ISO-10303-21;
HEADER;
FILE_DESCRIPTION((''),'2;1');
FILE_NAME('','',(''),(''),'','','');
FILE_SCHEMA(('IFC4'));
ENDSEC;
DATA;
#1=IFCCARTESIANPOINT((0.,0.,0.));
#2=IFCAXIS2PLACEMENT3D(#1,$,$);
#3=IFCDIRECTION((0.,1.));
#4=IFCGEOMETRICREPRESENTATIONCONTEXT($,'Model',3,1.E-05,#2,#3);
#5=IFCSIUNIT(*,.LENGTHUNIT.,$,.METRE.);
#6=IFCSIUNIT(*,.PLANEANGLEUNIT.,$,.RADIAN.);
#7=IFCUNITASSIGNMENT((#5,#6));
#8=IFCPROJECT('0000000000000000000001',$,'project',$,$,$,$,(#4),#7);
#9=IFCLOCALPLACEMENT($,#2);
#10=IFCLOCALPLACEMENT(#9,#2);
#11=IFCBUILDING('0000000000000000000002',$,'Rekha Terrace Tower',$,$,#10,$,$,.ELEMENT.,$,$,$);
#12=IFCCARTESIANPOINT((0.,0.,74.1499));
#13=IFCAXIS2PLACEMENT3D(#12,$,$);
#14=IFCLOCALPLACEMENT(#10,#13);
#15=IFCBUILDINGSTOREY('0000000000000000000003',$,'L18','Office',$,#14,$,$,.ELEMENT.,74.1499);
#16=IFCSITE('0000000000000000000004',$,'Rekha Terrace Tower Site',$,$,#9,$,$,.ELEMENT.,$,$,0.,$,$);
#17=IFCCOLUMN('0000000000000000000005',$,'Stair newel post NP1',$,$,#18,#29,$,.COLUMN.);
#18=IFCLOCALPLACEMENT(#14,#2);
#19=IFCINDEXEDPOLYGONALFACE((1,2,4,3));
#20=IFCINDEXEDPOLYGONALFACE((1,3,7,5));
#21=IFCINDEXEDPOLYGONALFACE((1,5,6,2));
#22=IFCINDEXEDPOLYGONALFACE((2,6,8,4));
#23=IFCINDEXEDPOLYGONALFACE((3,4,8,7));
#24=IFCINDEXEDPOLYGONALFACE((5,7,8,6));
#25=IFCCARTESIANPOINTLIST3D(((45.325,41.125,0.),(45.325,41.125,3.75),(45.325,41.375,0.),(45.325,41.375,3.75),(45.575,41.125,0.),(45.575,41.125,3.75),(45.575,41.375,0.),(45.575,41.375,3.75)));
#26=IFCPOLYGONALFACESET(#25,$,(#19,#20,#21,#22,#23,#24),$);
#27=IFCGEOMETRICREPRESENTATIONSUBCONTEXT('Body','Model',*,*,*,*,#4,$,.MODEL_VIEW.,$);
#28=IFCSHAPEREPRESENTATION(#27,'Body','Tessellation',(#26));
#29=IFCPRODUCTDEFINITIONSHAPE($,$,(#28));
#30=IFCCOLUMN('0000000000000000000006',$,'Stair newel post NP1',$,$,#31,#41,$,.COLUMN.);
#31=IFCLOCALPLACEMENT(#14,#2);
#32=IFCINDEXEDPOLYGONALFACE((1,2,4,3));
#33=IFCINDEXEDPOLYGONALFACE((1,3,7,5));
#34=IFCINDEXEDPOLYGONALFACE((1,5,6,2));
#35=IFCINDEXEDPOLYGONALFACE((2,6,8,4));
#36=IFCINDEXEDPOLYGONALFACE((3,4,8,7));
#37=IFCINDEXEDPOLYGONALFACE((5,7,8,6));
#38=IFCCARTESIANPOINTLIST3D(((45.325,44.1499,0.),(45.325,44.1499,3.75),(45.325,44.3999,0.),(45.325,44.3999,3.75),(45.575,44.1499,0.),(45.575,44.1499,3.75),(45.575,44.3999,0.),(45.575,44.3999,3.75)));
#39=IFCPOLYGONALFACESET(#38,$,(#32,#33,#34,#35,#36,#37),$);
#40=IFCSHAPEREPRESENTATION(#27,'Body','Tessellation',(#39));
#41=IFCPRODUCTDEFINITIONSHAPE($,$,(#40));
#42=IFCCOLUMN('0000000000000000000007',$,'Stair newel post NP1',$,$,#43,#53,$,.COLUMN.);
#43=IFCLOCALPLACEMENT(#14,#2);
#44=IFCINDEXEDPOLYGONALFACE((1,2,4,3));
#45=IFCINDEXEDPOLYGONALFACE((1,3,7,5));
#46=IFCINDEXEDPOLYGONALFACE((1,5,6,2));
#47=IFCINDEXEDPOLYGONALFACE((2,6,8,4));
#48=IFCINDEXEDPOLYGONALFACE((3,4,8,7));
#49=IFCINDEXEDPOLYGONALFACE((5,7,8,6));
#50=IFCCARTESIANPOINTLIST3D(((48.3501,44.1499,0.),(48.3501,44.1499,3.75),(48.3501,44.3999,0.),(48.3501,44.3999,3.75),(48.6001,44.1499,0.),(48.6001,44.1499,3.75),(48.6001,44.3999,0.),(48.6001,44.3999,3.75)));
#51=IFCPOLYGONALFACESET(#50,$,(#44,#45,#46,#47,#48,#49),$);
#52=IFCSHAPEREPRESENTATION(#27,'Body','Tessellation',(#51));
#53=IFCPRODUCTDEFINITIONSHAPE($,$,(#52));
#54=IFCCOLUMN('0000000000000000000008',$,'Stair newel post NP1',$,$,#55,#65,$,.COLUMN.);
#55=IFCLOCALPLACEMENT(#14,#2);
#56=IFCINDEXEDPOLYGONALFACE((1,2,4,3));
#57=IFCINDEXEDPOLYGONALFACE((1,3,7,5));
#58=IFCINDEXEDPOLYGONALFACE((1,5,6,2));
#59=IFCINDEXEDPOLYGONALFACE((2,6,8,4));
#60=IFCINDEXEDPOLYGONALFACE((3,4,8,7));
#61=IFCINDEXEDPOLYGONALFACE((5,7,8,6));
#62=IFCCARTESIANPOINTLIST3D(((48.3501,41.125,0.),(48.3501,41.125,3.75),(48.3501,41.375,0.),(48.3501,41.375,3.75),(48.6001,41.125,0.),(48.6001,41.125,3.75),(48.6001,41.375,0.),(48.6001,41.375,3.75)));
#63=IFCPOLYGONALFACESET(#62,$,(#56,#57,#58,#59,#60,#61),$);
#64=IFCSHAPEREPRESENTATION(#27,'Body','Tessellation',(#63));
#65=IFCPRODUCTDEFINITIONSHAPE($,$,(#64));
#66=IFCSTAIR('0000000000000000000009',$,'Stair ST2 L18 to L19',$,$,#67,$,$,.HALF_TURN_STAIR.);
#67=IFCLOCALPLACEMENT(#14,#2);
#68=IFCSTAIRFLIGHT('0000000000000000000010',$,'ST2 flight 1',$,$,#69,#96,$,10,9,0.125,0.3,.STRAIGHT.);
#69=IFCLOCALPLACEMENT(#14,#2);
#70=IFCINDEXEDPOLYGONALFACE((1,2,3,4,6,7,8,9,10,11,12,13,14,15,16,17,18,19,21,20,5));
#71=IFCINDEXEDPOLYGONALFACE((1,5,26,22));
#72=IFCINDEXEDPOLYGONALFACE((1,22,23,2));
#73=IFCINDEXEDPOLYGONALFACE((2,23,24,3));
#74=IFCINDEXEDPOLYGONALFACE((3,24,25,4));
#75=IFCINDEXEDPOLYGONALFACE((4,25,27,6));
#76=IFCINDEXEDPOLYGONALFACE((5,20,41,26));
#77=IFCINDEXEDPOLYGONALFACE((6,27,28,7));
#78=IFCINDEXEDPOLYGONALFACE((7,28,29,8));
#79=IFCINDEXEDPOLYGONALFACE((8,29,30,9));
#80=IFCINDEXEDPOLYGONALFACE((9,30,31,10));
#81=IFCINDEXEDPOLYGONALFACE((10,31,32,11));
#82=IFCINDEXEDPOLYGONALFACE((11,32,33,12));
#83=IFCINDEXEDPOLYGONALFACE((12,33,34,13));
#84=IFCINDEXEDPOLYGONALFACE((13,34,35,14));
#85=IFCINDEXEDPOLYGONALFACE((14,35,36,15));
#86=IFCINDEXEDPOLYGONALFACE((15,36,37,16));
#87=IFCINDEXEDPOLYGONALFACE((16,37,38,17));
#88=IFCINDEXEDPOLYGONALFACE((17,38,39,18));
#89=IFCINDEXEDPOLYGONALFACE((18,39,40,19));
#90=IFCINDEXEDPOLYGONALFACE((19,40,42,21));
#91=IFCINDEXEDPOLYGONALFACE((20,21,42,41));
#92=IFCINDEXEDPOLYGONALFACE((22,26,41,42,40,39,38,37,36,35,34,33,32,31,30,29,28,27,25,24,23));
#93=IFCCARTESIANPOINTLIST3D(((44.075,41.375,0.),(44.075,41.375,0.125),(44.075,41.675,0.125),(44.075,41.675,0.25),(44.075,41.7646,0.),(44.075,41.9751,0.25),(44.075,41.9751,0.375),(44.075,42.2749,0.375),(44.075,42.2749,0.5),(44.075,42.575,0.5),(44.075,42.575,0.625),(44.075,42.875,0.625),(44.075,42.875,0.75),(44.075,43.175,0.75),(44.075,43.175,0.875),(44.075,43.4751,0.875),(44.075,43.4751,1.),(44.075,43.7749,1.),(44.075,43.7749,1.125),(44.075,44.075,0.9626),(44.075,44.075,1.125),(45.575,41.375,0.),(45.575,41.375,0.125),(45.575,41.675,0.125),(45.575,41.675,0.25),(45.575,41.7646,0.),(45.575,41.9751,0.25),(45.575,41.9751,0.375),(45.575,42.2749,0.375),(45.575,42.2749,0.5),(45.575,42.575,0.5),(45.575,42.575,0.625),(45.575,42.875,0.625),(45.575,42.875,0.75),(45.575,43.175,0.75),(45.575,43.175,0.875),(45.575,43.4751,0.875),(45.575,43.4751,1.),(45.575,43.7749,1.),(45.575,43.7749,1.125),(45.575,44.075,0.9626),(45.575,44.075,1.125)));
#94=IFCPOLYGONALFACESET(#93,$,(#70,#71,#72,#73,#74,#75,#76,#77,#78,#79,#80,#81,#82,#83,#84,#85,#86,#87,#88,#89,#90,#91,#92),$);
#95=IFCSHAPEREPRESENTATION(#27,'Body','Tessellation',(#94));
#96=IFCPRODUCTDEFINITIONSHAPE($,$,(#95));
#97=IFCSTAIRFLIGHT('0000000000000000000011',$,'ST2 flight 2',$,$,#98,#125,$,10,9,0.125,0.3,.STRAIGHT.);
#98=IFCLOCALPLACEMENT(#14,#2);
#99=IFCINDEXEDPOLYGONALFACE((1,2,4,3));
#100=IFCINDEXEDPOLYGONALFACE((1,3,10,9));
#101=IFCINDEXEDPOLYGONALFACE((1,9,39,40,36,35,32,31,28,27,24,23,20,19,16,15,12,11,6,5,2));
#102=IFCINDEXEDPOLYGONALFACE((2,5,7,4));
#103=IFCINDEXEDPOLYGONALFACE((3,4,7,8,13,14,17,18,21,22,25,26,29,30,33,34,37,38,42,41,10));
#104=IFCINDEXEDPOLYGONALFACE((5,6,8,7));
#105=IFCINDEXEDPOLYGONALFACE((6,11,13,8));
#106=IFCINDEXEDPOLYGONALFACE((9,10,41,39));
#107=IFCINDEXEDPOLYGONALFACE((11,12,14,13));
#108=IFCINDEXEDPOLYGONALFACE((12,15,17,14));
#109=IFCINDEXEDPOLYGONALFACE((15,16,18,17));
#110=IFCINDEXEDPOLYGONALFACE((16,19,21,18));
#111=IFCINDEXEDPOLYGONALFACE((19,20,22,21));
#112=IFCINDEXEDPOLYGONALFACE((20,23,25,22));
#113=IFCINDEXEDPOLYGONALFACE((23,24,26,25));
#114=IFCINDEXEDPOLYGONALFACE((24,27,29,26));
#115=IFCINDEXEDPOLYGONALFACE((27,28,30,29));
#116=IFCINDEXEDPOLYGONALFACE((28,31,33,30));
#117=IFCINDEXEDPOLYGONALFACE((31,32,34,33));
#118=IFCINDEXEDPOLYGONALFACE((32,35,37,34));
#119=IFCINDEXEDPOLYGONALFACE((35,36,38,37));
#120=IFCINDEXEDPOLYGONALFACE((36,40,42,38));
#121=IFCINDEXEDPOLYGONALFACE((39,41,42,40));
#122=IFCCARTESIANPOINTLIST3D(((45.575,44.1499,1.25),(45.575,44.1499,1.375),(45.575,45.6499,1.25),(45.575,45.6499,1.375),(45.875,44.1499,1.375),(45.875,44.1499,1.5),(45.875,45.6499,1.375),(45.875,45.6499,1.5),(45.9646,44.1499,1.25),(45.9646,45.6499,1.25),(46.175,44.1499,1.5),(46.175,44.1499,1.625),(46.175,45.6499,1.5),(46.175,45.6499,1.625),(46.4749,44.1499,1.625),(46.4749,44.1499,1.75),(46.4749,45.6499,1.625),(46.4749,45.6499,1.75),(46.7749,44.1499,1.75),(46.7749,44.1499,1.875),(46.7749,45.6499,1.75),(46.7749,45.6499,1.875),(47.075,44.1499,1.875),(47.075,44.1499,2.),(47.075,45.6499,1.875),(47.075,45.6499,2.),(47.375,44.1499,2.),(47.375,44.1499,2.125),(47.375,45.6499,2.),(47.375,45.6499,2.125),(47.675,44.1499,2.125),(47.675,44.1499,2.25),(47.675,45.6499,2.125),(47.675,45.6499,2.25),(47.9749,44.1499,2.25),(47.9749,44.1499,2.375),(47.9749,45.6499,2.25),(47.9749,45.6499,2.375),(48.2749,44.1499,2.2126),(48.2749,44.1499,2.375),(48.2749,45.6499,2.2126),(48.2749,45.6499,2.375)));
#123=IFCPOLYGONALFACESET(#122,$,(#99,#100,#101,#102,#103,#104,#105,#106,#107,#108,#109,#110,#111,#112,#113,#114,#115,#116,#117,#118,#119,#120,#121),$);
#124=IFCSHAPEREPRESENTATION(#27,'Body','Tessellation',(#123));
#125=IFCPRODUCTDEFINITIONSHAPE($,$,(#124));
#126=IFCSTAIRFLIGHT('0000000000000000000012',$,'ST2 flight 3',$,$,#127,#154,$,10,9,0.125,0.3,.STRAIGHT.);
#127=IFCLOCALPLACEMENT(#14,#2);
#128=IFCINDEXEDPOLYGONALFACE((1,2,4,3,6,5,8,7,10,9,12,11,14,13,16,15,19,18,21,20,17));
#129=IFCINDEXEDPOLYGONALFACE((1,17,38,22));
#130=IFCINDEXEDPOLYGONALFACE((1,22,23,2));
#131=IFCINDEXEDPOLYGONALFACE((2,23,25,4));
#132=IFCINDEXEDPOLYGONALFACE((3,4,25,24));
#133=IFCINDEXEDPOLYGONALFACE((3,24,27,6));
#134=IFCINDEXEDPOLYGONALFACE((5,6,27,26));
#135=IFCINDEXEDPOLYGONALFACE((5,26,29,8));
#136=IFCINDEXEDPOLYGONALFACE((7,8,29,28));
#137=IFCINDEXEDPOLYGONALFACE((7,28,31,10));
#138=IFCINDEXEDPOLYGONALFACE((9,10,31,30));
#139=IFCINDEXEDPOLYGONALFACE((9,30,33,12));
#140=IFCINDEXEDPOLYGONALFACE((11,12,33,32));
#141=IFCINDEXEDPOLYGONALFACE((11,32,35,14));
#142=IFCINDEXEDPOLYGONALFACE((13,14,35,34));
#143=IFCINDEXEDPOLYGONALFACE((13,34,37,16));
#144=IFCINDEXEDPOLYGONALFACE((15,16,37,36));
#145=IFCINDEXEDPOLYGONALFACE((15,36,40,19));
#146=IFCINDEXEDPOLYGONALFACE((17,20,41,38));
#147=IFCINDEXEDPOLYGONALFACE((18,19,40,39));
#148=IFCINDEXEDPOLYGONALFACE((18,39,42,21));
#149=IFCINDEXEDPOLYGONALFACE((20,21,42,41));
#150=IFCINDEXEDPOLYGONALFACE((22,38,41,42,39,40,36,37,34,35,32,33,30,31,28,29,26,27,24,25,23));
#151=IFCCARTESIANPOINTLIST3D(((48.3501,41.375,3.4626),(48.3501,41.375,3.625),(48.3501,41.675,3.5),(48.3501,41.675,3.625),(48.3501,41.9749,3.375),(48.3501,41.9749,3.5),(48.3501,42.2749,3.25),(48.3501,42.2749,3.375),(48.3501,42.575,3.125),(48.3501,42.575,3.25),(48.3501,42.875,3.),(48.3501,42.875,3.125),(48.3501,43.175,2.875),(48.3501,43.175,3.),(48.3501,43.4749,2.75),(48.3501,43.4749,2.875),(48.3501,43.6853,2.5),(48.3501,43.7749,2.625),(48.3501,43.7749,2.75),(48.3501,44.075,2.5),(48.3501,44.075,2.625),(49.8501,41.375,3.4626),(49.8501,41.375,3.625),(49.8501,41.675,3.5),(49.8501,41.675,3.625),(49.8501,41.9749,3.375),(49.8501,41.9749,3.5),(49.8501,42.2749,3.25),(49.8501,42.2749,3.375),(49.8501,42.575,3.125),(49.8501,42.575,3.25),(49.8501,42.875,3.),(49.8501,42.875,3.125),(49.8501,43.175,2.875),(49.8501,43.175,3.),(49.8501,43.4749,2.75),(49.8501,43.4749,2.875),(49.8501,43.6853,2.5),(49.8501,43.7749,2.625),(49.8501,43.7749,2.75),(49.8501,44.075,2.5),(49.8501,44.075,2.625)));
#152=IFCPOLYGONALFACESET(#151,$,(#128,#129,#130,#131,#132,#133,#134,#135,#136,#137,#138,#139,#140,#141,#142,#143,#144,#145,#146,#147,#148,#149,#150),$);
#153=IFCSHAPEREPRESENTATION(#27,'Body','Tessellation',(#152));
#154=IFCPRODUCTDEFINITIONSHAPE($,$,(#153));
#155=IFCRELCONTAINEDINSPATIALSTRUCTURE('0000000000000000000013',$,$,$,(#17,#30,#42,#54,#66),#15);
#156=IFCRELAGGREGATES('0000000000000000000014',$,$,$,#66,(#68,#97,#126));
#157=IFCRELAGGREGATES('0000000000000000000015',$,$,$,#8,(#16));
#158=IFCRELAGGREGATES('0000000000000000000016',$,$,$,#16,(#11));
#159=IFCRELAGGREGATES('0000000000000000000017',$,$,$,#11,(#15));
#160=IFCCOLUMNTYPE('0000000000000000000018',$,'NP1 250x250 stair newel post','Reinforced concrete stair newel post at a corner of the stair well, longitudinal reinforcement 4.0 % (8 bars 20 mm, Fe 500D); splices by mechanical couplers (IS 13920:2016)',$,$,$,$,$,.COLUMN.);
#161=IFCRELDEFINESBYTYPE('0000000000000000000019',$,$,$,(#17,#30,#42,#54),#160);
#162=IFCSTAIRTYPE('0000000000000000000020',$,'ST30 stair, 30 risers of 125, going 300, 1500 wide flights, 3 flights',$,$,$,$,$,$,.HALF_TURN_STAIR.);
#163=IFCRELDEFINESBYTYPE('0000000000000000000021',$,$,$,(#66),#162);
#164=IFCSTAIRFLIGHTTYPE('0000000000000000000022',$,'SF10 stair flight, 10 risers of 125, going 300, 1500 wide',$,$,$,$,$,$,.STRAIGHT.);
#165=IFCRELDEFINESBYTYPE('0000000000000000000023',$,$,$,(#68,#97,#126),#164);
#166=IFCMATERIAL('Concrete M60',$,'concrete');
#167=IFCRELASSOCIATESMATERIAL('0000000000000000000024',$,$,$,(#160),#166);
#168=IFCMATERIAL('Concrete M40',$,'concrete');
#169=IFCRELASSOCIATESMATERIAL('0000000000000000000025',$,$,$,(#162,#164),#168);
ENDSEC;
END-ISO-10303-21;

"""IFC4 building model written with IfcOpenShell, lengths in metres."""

from ifc_helpers import new_model, si_unit, direction, frame, origin, origin_2d, place, context, subcontext, project, spatial, polyline, rectangle, outline, extrude, material, material_profile, profile_set, type_object, element, aggregate, save


model = new_model("IFC4")

# Units and contexts
model_context = context("Model", 3, precision=1e-05, world=origin(), true_north=direction((0.0, 1.0)))
body_context = subcontext(model_context, "Body", "Model", "MODEL_VIEW")
ifc_project = project(units=[si_unit("LENGTHUNIT", "METRE"), si_unit("PLANEANGLEUNIT", "RADIAN")], contexts=[model_context])

# Site, building, storey
site_placement = place(None, origin())
site = spatial("IfcSite", under=ifc_project, at=site_placement, Name="Rekha Terrace Tower Site", CompositionType="ELEMENT", RefElevation=0.0)
building_placement = place(site_placement, origin())
building = spatial("IfcBuilding", under=site, at=building_placement, Name="Rekha Terrace Tower", CompositionType="ELEMENT")
storey_placement = place(building_placement, frame((0.0, 0.0, 74.1499)))
storey = spatial("IfcBuildingStorey", under=building, at=storey_placement, Name="L18", Description="Office", CompositionType="ELEMENT", Elevation=74.1499)

# Columns
ifc_material_1 = material(Name="Concrete M60", Category="concrete")
ifc_material_profile = material_profile(ifc_material_1, rectangle(XDim=0.25, YDim=0.25, at=origin_2d()), Name="RC 250x250")
ifc_profile_set = profile_set([ifc_material_profile], Name="Concrete M60")
column_type = type_object("IfcColumnType", Name="NP1 250x250 stair newel post", Description="Reinforced concrete stair newel post at a corner of the stair well, longitudinal reinforcement 4.0 % (8 bars 20 mm, Fe 500D); splices by mechanical couplers (IS 13920:2016)", PredefinedType="COLUMN", material=ifc_profile_set)
for number, where, z_axis, x_axis, name in (
    (1, (45.45, 41.25, 0.0), (0.0, 0.0, 1.0), (1.0, 0.0, 0.0), "Stair newel post NP1"),
    (2, (45.45, 44.2749, 0.0), (0.0, 0.0, 1.0), (1.0, 0.0, 0.0), "Stair newel post NP1"),
    (3, (48.4751, 44.2749, 0.0), (0.0, 0.0, 1.0), (1.0, 0.0, 0.0), "Stair newel post NP1"),
    (4, (48.4751, 41.25, 0.0), (0.0, 0.0, 1.0), (1.0, 0.0, 0.0), "Stair newel post NP1"),
):
    element("IfcColumn", number, at=place(storey_placement, frame(where, z_axis=z_axis, x_axis=x_axis)), inside=storey, type_object=column_type, Name=name, PredefinedType="COLUMN", context=body_context, shape_type="SweptSolid", body=[
        extrude(rectangle(XDim=0.25, YDim=0.25, at=origin_2d()), origin(), (0.0, 0.0, 1.0), 3.75),
    ])

# Stair, stair flights
ifc_material_2 = material(Name="Concrete M40", Category="concrete")
stair_type = type_object("IfcStairType", Name="ST30 stair, 30 risers of 125, going 300, 1500 wide flights, 3 flights", PredefinedType="HALF_TURN_STAIR", material=ifc_material_2)
stair_placement = place(storey_placement, origin())
stair = element("IfcStair", 5, at=stair_placement, inside=storey, type_object=stair_type, Name="Stair ST2 L18 to L19", PredefinedType="HALF_TURN_STAIR")
stair_flight_type = type_object("IfcStairFlightType", Name="SF10 stair flight, 10 risers of 125, going 300, 1500 wide", PredefinedType="STRAIGHT", material=ifc_material_2)
stair_flight_1_placement = place(storey_placement, frame((44.825, 41.375, 0.0), z_axis=(0.0, 0.0, 1.0), x_axis=(0.0, 1.0, 0.0)))
stair_flight_1 = element("IfcStairFlight", 6, at=stair_flight_1_placement, type_object=stair_flight_type, Name="ST2 flight 1", NumberOfRisers=10, NumberOfTreads=9, PredefinedType="STRAIGHT", RiserHeight=0.125, TreadLength=0.3, context=body_context, shape_type="SweptSolid", body=[
    extrude(outline(polyline([(0.0, 0.0), (0.0, 0.125), (0.3, 0.125), (0.3, 0.25), (0.6001, 0.25), (0.6001, 0.375), (0.8999, 0.375), (0.8999, 0.5), (1.2, 0.5), (1.2, 0.625), (1.5, 0.625), (1.5, 0.75), (1.8, 0.75), (1.8, 0.875), (2.1001, 0.875), (2.1001, 1.0), (2.3999, 1.0), (2.3999, 1.125), (2.7, 1.125), (2.7, 1.25), (2.7, 0.9626), (0.3896, 0.0), (0.0, 0.0)])), frame((0.0, 0.75, 0.0), z_axis=(0.0, -1.0, 0.0), x_axis=(1.0, 0.0, 0.0)), (0.0, 0.0, 1.0), 1.5),
])
stair_flight_2_placement = place(storey_placement, frame((45.575, 44.8999, 1.25), z_axis=(0.0, 0.0, 1.0), x_axis=(1.0, 0.0, 0.0)))
stair_flight_2 = element("IfcStairFlight", 7, at=stair_flight_2_placement, type_object=stair_flight_type, Name="ST2 flight 2", NumberOfRisers=10, NumberOfTreads=9, PredefinedType="STRAIGHT", RiserHeight=0.125, TreadLength=0.3, context=body_context, shape_type="SweptSolid", body=[
    extrude(outline(polyline([(0.0, 0.0), (0.0, 0.125), (0.3, 0.125), (0.3, 0.25), (0.6001, 0.25), (0.6001, 0.375), (0.8999, 0.375), (0.8999, 0.5), (1.2, 0.5), (1.2, 0.625), (1.5, 0.625), (1.5, 0.75), (1.8, 0.75), (1.8, 0.875), (2.1001, 0.875), (2.1001, 1.0), (2.3999, 1.0), (2.3999, 1.125), (2.7, 1.125), (2.7, 1.25), (2.7, 0.9626), (0.3896, 0.0), (0.0, 0.0)])), frame((0.0, 0.75, 0.0), z_axis=(0.0, -1.0, 0.0), x_axis=(1.0, 0.0, 0.0)), (0.0, 0.0, 1.0), 1.5),
])
stair_flight_3_placement = place(storey_placement, frame((49.1001, 44.075, 2.5), z_axis=(0.0, 0.0, 1.0), x_axis=(0.0, -1.0, 0.0)))
stair_flight_3 = element("IfcStairFlight", 8, at=stair_flight_3_placement, type_object=stair_flight_type, Name="ST2 flight 3", NumberOfRisers=10, NumberOfTreads=9, PredefinedType="STRAIGHT", RiserHeight=0.125, TreadLength=0.3, context=body_context, shape_type="SweptSolid", body=[
    extrude(outline(polyline([(0.0, 0.0), (0.0, 0.125), (0.3, 0.125), (0.3, 0.25), (0.6001, 0.25), (0.6001, 0.375), (0.8999, 0.375), (0.8999, 0.5), (1.2, 0.5), (1.2, 0.625), (1.5, 0.625), (1.5, 0.75), (1.8, 0.75), (1.8, 0.875), (2.1001, 0.875), (2.1001, 1.0), (2.3999, 1.0), (2.3999, 1.125), (2.7, 1.125), (2.7, 1.25), (2.7, 0.9626), (0.3896, 0.0), (0.0, 0.0)])), frame((0.0, 0.75, 0.0), z_axis=(0.0, -1.0, 0.0), x_axis=(1.0, 0.0, 0.0)), (0.0, 0.0, 1.0), 1.5),
])
aggregate(stair, [stair_flight_1, stair_flight_2, stair_flight_3])

save(model, "model.ifc")
